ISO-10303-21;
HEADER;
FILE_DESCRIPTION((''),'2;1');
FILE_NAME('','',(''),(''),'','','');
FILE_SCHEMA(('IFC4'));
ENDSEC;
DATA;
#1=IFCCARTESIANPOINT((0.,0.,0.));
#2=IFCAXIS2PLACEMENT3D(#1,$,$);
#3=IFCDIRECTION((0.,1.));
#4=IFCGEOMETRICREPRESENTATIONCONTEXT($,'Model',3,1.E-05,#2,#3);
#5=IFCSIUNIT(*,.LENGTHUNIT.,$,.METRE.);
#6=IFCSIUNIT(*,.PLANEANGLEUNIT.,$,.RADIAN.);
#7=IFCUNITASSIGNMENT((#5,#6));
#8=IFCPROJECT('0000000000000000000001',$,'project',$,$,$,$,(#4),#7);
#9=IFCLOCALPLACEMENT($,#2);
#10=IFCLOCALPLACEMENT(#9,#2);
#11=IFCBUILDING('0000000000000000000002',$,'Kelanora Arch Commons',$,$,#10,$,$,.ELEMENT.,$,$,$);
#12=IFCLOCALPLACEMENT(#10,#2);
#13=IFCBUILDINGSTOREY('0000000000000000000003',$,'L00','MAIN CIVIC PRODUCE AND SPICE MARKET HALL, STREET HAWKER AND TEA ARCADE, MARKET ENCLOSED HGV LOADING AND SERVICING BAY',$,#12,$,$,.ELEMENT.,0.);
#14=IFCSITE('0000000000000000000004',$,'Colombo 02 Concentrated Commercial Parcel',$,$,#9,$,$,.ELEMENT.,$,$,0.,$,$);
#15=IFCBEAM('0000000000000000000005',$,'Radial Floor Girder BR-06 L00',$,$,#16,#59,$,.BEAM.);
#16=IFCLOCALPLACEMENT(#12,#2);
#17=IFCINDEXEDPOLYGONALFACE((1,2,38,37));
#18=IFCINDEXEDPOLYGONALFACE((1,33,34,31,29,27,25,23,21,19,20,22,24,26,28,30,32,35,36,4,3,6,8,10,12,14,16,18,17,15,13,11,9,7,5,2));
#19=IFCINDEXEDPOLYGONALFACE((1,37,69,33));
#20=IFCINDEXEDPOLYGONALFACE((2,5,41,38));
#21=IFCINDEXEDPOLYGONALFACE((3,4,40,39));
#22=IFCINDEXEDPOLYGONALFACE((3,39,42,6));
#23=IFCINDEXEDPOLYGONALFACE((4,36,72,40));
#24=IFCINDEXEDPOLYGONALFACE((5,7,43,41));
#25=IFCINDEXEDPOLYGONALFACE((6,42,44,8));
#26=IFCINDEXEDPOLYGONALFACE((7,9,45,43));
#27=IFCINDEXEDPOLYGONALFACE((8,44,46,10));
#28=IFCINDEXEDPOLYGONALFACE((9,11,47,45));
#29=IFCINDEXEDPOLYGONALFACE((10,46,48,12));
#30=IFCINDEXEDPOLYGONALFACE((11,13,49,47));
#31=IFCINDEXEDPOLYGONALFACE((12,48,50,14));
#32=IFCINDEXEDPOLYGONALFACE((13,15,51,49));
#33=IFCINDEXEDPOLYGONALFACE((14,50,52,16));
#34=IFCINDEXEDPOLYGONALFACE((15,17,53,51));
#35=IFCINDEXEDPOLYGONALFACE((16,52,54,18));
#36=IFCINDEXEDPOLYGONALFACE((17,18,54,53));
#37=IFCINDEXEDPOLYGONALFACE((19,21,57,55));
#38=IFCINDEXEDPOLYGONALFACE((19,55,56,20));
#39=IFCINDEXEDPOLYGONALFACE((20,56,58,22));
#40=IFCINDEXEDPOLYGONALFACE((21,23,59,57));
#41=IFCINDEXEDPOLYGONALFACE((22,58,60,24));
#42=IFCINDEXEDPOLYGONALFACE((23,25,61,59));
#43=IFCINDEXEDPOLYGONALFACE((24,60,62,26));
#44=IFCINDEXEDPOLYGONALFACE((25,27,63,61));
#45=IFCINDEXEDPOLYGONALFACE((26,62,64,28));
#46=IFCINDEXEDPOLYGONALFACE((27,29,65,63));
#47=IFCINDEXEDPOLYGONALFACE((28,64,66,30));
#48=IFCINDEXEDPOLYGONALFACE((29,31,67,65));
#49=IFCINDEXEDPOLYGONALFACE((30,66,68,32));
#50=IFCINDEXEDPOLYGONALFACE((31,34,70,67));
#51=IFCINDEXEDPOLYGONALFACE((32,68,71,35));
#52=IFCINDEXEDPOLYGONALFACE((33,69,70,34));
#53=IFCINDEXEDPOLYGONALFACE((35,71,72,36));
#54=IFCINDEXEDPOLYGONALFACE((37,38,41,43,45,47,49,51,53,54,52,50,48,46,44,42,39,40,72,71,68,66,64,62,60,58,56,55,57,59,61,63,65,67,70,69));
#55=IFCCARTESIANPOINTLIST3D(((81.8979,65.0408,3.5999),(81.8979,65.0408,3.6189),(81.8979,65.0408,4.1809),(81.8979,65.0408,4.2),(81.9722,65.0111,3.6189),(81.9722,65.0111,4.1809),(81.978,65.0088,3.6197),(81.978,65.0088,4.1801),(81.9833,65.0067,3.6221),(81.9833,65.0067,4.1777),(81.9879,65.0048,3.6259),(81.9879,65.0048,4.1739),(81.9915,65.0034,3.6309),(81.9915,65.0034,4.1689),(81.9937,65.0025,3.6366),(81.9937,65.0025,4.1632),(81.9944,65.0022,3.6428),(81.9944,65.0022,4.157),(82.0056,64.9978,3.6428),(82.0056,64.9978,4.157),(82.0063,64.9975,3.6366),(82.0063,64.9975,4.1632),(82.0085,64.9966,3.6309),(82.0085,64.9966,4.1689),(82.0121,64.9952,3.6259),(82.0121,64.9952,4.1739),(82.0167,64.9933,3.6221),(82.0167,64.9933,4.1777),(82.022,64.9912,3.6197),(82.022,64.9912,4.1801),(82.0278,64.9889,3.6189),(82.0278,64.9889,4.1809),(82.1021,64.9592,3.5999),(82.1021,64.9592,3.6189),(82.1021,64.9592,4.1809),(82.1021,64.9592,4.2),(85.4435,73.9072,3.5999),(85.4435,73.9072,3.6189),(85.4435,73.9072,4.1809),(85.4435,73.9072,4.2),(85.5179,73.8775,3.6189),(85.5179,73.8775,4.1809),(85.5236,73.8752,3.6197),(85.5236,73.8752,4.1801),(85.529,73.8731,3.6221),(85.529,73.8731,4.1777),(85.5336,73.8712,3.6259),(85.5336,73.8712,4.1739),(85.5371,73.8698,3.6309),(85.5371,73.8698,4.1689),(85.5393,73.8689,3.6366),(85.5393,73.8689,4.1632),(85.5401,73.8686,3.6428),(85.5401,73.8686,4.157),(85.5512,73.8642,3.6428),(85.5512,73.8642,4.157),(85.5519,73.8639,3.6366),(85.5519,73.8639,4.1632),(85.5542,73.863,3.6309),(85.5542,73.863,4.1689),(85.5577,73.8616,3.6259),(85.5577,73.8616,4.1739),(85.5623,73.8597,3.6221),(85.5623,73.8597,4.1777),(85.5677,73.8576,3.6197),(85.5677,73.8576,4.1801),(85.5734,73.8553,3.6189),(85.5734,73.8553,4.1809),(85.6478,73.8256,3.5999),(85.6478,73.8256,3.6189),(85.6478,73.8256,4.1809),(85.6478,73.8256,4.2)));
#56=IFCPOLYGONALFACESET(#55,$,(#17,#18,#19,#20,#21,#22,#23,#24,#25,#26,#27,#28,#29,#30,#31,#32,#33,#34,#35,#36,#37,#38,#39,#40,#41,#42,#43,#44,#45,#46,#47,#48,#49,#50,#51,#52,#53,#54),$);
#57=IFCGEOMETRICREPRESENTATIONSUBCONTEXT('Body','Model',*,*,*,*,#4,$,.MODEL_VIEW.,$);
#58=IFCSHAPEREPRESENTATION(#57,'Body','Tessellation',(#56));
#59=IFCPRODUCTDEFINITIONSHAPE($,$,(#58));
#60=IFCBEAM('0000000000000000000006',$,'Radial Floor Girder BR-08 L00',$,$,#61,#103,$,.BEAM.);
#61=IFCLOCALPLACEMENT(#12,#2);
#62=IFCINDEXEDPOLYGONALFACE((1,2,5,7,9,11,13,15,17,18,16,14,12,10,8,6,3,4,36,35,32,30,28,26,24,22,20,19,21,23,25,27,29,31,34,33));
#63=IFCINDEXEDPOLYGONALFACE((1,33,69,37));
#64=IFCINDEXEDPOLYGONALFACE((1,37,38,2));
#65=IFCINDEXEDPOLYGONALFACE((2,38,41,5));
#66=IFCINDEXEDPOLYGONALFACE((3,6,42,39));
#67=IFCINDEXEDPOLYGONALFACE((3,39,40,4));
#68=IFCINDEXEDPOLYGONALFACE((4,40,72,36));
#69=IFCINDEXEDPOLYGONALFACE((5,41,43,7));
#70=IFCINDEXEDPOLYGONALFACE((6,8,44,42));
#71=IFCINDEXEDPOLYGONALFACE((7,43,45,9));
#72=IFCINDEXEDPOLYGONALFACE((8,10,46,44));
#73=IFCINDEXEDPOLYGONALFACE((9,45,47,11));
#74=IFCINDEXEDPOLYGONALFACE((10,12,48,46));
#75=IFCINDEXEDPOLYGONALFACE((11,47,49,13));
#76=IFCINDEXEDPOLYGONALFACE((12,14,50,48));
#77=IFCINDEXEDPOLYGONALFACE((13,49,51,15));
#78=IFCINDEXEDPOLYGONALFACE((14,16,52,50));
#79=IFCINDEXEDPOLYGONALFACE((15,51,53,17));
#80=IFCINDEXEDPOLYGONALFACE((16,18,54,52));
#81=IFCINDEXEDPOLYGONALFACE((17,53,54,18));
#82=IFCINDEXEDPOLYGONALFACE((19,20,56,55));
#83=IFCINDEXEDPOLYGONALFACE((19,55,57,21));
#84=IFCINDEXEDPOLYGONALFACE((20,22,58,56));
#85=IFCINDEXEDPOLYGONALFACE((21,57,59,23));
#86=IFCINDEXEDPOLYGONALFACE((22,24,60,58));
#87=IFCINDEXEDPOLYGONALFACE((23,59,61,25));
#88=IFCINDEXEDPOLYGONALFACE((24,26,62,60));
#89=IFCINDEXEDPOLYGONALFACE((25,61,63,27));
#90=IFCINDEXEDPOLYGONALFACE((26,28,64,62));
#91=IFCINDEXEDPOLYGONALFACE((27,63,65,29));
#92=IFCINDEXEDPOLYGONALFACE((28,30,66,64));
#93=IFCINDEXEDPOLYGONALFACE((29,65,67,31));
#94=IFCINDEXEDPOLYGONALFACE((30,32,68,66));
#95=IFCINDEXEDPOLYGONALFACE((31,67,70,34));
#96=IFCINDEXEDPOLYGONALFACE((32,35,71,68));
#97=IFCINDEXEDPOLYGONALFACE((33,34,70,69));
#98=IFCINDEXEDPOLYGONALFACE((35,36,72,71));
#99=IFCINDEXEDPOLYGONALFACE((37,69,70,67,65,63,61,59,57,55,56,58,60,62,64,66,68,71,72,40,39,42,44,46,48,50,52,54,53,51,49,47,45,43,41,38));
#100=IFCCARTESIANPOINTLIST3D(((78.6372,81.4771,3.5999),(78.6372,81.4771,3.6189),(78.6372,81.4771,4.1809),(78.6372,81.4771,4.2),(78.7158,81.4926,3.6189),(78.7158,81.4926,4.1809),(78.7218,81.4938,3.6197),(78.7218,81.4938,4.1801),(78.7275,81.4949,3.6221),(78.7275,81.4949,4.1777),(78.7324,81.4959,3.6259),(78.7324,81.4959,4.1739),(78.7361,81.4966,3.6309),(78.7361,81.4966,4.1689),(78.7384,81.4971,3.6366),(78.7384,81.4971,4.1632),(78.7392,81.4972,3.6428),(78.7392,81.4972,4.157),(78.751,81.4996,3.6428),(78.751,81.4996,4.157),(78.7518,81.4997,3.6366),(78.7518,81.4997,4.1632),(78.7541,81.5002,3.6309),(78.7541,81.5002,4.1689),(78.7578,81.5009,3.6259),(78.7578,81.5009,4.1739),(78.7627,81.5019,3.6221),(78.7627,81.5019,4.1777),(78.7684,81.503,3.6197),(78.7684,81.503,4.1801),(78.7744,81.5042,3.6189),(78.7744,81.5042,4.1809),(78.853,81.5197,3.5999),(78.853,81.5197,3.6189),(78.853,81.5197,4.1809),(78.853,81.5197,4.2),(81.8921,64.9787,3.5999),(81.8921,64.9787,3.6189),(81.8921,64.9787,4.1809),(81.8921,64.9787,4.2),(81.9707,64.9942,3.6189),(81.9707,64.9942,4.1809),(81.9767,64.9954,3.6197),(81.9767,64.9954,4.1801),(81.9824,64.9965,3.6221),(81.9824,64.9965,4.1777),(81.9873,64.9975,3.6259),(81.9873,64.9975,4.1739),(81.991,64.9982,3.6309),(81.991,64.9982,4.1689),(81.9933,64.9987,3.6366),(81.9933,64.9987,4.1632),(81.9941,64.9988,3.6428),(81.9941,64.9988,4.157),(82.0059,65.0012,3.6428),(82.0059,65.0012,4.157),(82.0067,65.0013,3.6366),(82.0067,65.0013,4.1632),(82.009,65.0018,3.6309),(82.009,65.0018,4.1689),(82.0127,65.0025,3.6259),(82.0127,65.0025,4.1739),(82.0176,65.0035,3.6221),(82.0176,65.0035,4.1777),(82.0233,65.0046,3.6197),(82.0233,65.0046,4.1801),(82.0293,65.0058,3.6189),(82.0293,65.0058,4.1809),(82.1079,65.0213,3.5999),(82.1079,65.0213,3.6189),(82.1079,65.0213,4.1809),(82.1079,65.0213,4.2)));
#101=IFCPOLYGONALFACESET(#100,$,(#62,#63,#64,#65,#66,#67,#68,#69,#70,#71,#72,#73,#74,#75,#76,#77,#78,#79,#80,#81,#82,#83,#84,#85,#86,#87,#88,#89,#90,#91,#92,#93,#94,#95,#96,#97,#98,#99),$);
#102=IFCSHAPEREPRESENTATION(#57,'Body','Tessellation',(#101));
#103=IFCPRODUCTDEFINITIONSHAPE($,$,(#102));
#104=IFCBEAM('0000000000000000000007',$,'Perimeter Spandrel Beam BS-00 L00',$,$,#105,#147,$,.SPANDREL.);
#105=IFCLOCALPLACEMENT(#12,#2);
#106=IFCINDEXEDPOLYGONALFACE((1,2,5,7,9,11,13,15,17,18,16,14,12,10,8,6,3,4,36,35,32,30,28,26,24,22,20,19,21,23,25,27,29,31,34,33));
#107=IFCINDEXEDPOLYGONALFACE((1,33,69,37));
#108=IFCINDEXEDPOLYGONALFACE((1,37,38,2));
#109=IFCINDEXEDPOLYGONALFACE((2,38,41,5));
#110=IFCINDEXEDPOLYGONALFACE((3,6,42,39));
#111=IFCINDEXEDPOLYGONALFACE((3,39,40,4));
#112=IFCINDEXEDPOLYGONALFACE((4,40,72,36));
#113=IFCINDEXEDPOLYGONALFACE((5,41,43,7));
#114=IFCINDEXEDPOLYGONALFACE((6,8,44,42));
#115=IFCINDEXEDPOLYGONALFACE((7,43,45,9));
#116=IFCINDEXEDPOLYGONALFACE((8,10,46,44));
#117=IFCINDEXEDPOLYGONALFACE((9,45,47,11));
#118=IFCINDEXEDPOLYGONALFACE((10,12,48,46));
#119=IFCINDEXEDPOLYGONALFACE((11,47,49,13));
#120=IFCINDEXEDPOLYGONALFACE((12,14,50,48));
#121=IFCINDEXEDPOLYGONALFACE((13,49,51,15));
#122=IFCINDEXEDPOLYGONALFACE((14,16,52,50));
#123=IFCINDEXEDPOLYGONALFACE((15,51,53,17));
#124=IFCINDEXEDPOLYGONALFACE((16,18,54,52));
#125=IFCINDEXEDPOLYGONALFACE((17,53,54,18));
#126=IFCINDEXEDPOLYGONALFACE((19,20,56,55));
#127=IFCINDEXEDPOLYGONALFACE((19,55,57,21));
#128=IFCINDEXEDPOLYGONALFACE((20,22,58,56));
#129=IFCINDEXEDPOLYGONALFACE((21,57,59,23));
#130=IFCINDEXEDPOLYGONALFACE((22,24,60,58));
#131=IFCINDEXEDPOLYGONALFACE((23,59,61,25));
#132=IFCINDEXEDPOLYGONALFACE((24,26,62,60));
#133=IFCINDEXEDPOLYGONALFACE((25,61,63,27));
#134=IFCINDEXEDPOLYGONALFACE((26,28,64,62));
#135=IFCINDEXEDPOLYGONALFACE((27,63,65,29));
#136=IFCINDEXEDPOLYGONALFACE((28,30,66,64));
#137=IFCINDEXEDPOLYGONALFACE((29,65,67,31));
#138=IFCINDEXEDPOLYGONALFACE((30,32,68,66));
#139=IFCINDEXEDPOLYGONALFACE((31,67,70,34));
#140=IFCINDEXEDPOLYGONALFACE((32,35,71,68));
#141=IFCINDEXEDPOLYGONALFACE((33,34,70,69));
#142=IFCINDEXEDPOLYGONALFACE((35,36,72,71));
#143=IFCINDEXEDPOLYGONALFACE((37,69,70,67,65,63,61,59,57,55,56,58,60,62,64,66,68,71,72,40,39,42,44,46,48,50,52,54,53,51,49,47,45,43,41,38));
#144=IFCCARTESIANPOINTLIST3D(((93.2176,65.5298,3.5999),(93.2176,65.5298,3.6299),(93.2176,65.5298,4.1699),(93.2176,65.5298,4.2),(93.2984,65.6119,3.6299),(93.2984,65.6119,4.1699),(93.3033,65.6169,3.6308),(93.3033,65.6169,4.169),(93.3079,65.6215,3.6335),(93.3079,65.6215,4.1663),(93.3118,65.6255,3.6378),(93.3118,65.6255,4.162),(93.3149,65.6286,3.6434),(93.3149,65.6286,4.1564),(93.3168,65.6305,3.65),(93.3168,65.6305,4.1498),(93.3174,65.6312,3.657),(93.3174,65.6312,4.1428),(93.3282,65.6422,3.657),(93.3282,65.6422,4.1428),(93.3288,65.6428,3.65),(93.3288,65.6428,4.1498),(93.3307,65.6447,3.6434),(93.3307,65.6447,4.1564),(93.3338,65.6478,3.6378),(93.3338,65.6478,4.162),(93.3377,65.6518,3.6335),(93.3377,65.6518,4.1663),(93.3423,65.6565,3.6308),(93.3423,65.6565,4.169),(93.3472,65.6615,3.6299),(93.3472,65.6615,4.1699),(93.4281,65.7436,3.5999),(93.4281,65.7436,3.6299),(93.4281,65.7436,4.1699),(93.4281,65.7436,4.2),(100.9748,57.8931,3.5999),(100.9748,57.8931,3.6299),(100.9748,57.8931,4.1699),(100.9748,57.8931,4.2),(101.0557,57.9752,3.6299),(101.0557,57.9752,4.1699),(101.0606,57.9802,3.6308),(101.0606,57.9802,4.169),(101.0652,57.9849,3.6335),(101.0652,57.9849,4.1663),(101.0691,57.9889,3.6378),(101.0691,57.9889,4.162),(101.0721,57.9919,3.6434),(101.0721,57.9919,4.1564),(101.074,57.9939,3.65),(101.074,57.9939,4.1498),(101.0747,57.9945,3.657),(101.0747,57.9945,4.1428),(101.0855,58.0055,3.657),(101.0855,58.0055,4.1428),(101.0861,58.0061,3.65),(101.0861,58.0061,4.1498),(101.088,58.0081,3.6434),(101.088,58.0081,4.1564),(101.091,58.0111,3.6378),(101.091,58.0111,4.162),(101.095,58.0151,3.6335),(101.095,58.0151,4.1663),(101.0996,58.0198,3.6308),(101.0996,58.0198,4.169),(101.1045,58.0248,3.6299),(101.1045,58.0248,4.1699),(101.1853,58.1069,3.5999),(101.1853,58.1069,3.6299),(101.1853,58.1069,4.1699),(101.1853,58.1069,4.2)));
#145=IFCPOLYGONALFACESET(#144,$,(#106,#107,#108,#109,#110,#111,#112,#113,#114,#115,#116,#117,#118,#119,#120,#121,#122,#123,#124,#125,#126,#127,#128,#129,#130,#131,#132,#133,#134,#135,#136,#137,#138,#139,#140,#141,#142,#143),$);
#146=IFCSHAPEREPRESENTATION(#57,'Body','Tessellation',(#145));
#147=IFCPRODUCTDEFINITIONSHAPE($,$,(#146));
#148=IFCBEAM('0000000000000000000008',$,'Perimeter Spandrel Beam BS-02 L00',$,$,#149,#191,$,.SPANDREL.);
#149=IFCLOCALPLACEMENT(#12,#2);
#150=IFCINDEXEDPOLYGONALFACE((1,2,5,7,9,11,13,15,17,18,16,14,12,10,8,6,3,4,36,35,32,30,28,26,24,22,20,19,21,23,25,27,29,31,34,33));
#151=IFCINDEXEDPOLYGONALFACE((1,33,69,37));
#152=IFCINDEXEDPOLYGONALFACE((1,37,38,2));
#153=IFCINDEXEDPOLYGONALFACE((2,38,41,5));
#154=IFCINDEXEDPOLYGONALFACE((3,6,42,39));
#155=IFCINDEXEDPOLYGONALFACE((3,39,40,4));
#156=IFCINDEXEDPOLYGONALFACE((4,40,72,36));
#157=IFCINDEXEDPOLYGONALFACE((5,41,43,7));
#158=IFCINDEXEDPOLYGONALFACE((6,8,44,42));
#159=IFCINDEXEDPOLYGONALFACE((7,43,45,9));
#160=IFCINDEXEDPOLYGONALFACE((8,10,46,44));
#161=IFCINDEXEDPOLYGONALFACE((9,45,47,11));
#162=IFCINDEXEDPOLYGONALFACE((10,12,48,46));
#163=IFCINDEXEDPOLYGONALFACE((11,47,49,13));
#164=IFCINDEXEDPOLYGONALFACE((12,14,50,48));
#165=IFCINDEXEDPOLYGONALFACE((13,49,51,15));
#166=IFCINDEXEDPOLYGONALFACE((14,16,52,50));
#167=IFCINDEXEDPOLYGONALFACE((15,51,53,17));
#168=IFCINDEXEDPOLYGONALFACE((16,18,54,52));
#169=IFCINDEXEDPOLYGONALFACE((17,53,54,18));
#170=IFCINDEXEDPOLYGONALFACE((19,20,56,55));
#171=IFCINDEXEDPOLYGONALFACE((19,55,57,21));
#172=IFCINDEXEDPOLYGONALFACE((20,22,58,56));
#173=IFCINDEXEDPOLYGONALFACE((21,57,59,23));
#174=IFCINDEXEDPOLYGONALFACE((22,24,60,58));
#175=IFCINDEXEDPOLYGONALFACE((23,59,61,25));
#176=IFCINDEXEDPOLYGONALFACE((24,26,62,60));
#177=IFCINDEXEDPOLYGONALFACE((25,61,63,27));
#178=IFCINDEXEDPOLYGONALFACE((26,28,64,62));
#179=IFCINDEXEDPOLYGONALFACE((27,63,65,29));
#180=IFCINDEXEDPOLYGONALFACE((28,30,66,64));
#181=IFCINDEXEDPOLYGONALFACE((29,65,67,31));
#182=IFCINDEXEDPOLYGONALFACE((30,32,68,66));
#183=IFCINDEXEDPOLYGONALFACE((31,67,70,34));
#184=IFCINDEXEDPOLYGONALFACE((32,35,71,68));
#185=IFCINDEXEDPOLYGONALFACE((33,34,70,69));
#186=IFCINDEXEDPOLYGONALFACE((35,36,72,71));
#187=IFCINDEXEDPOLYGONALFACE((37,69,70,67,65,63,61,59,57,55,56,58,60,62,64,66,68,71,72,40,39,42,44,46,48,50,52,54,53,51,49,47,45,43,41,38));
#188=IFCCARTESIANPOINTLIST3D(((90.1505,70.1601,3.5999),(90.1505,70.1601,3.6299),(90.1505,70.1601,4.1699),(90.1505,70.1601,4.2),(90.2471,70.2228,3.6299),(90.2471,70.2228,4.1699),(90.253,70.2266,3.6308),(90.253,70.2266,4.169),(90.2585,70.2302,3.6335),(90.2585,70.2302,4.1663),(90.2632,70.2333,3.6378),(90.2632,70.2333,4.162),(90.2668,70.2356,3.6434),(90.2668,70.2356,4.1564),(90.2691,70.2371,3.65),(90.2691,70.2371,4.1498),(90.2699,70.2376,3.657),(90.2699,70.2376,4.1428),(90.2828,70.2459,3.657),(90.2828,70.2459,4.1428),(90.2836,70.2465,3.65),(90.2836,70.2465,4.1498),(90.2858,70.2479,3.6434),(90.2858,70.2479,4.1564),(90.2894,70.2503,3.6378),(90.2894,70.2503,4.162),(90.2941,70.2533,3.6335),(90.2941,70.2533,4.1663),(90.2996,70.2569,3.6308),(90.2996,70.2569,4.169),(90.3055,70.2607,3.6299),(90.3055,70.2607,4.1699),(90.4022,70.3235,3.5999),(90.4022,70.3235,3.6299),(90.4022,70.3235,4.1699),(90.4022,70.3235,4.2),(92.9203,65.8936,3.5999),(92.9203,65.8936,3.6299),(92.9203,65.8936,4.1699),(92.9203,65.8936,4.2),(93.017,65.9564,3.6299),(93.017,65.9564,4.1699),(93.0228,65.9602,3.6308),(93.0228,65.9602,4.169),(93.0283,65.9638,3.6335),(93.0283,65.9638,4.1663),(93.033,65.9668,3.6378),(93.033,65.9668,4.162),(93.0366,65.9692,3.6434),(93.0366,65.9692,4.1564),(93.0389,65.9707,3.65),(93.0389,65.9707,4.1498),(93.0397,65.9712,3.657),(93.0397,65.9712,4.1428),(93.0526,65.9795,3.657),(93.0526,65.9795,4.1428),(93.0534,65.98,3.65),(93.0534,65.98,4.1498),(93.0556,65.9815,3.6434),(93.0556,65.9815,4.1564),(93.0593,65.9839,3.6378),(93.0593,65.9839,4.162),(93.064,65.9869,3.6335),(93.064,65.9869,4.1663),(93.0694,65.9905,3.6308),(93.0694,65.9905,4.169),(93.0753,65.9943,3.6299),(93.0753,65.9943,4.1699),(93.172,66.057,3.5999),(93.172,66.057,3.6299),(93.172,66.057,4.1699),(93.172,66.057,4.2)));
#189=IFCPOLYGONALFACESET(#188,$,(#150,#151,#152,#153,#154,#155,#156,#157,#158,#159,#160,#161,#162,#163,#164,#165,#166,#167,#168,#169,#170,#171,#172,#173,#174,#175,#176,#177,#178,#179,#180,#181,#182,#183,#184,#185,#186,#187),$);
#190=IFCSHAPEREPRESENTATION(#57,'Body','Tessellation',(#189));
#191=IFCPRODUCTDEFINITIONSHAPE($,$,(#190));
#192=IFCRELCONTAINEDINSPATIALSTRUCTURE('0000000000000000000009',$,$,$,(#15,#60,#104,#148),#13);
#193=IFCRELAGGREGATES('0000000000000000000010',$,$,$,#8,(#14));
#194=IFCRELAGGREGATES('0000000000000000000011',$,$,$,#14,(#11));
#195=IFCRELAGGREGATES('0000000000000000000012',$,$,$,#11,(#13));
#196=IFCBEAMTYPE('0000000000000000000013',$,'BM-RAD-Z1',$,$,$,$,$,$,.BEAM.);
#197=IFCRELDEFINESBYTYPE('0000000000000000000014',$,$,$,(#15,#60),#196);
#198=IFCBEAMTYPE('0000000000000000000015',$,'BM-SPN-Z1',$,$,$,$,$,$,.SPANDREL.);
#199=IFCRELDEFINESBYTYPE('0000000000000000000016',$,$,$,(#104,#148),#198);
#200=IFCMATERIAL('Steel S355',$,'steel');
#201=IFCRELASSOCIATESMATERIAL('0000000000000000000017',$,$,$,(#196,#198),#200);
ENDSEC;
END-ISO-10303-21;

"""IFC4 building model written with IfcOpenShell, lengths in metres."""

from ifc_helpers import new_model, si_unit, direction, frame, origin, origin_2d, place, context, subcontext, project, spatial, i_section, extrude, material, material_profile, profile_set, type_object, element, save


model = new_model("IFC4")

# Units and contexts
model_context = context("Model", 3, precision=1e-05, world=origin(), true_north=direction((0.0, 1.0)))
body_context = subcontext(model_context, "Body", "Model", "MODEL_VIEW")
ifc_project = project(units=[si_unit("LENGTHUNIT", "METRE"), si_unit("PLANEANGLEUNIT", "RADIAN")], contexts=[model_context])

# Site, building, storey
site_placement = place(None, origin())
site = spatial("IfcSite", under=ifc_project, at=site_placement, Name="Colombo 02 Concentrated Commercial Parcel", CompositionType="ELEMENT", RefElevation=0.0)
building_placement = place(site_placement, origin())
building = spatial("IfcBuilding", under=site, at=building_placement, Name="Kelanora Arch Commons", CompositionType="ELEMENT")
storey_placement = place(building_placement, origin())
storey = spatial("IfcBuildingStorey", under=building, at=storey_placement, Name="L00", Description="MAIN CIVIC PRODUCE AND SPICE MARKET HALL, STREET HAWKER AND TEA ARCADE, MARKET ENCLOSED HGV LOADING AND SERVICING BAY", CompositionType="ELEMENT", Elevation=0.0)

# Shared definitions
ifc_material_1 = material(Name="Steel S355", Category="steel")

# Beams
ifc_material_profile_1 = material_profile(ifc_material_1, i_section(OverallWidth=0.22, OverallDepth=0.6001, WebThickness=0.012, FlangeThickness=0.019, FilletRadius=0.0239, at=origin_2d()), Name="IPE600")
ifc_profile_set_1 = profile_set([ifc_material_profile_1], Name="Steel S355")
beam_type_1 = type_object("IfcBeamType", Name="BM-RAD-Z1", PredefinedType="BEAM", material=ifc_profile_set_1)
beam_1_placement = place(storey_placement, frame((82.0, 65.0, 3.8999), z_axis=(0.371307, 0.92851, 0.0), x_axis=(-0.92851, 0.371307, 0.0)))
element("IfcBeam", 1, at=beam_1_placement, inside=storey, type_object=beam_type_1, Name="Radial Floor Girder BR-06 L00", PredefinedType="BEAM", context=body_context, shape_type="SweptSolid", body=[
    extrude(i_section(OverallWidth=0.22, OverallDepth=0.6001, WebThickness=0.012, FlangeThickness=0.019, FilletRadius=0.0239, at=origin_2d()), origin(), (0.0, 0.0, 1.0), 9.5491),
])
beam_2_placement = place(storey_placement, frame((82.0, 65.0, 3.8999), z_axis=(-0.193555, 0.981089, 0.0), x_axis=(-0.981089, -0.193555, 0.0)))
element("IfcBeam", 2, at=beam_2_placement, inside=storey, type_object=beam_type_1, Name="Radial Floor Girder BR-08 L00", PredefinedType="BEAM", context=body_context, shape_type="SweptSolid", body=[
    extrude(i_section(OverallWidth=0.22, OverallDepth=0.6001, WebThickness=0.012, FlangeThickness=0.019, FilletRadius=0.0239, at=origin_2d()), origin(), (0.0, 0.0, 1.0), 16.8164),
])
ifc_material_profile_2 = material_profile(ifc_material_1, i_section(OverallWidth=0.3, OverallDepth=0.6001, WebThickness=0.0154, FlangeThickness=0.03, FilletRadius=0.0271, at=origin_2d()), Name="HEB600")
ifc_profile_set_2 = profile_set([ifc_material_profile_2], Name="Steel S355")
beam_type_2 = type_object("IfcBeamType", Name="BM-SPN-Z1", PredefinedType="SPANDREL", material=ifc_profile_set_2)
beam_3_placement = place(storey_placement, frame((101.0801, 58.0, 3.8999), z_axis=(-0.712625, 0.701545, 0.0), x_axis=(-0.701545, -0.712625, 0.0)))
element("IfcBeam", 3, at=beam_3_placement, inside=storey, type_object=beam_type_2, Name="Perimeter Spandrel Beam BS-00 L00", PredefinedType="SPANDREL", context=body_context, shape_type="SweptSolid", body=[
    extrude(i_section(OverallWidth=0.3, OverallDepth=0.6001, WebThickness=0.0154, FlangeThickness=0.03, FilletRadius=0.0271, at=origin_2d()), origin(), (0.0, 0.0, 1.0), 10.8855),
])
beam_4_placement = place(storey_placement, frame((93.0461, 65.9753, 3.8999), z_axis=(-0.544524, 0.838745, 0.0), x_axis=(-0.838745, -0.544524, 0.0)))
element("IfcBeam", 4, at=beam_4_placement, inside=storey, type_object=beam_type_2, Name="Perimeter Spandrel Beam BS-02 L00", PredefinedType="SPANDREL", context=body_context, shape_type="SweptSolid", body=[
    extrude(i_section(OverallWidth=0.3, OverallDepth=0.6001, WebThickness=0.0154, FlangeThickness=0.03, FilletRadius=0.0271, at=origin_2d()), origin(), (0.0, 0.0, 1.0), 5.0867),
])

save(model, "model.ifc")
